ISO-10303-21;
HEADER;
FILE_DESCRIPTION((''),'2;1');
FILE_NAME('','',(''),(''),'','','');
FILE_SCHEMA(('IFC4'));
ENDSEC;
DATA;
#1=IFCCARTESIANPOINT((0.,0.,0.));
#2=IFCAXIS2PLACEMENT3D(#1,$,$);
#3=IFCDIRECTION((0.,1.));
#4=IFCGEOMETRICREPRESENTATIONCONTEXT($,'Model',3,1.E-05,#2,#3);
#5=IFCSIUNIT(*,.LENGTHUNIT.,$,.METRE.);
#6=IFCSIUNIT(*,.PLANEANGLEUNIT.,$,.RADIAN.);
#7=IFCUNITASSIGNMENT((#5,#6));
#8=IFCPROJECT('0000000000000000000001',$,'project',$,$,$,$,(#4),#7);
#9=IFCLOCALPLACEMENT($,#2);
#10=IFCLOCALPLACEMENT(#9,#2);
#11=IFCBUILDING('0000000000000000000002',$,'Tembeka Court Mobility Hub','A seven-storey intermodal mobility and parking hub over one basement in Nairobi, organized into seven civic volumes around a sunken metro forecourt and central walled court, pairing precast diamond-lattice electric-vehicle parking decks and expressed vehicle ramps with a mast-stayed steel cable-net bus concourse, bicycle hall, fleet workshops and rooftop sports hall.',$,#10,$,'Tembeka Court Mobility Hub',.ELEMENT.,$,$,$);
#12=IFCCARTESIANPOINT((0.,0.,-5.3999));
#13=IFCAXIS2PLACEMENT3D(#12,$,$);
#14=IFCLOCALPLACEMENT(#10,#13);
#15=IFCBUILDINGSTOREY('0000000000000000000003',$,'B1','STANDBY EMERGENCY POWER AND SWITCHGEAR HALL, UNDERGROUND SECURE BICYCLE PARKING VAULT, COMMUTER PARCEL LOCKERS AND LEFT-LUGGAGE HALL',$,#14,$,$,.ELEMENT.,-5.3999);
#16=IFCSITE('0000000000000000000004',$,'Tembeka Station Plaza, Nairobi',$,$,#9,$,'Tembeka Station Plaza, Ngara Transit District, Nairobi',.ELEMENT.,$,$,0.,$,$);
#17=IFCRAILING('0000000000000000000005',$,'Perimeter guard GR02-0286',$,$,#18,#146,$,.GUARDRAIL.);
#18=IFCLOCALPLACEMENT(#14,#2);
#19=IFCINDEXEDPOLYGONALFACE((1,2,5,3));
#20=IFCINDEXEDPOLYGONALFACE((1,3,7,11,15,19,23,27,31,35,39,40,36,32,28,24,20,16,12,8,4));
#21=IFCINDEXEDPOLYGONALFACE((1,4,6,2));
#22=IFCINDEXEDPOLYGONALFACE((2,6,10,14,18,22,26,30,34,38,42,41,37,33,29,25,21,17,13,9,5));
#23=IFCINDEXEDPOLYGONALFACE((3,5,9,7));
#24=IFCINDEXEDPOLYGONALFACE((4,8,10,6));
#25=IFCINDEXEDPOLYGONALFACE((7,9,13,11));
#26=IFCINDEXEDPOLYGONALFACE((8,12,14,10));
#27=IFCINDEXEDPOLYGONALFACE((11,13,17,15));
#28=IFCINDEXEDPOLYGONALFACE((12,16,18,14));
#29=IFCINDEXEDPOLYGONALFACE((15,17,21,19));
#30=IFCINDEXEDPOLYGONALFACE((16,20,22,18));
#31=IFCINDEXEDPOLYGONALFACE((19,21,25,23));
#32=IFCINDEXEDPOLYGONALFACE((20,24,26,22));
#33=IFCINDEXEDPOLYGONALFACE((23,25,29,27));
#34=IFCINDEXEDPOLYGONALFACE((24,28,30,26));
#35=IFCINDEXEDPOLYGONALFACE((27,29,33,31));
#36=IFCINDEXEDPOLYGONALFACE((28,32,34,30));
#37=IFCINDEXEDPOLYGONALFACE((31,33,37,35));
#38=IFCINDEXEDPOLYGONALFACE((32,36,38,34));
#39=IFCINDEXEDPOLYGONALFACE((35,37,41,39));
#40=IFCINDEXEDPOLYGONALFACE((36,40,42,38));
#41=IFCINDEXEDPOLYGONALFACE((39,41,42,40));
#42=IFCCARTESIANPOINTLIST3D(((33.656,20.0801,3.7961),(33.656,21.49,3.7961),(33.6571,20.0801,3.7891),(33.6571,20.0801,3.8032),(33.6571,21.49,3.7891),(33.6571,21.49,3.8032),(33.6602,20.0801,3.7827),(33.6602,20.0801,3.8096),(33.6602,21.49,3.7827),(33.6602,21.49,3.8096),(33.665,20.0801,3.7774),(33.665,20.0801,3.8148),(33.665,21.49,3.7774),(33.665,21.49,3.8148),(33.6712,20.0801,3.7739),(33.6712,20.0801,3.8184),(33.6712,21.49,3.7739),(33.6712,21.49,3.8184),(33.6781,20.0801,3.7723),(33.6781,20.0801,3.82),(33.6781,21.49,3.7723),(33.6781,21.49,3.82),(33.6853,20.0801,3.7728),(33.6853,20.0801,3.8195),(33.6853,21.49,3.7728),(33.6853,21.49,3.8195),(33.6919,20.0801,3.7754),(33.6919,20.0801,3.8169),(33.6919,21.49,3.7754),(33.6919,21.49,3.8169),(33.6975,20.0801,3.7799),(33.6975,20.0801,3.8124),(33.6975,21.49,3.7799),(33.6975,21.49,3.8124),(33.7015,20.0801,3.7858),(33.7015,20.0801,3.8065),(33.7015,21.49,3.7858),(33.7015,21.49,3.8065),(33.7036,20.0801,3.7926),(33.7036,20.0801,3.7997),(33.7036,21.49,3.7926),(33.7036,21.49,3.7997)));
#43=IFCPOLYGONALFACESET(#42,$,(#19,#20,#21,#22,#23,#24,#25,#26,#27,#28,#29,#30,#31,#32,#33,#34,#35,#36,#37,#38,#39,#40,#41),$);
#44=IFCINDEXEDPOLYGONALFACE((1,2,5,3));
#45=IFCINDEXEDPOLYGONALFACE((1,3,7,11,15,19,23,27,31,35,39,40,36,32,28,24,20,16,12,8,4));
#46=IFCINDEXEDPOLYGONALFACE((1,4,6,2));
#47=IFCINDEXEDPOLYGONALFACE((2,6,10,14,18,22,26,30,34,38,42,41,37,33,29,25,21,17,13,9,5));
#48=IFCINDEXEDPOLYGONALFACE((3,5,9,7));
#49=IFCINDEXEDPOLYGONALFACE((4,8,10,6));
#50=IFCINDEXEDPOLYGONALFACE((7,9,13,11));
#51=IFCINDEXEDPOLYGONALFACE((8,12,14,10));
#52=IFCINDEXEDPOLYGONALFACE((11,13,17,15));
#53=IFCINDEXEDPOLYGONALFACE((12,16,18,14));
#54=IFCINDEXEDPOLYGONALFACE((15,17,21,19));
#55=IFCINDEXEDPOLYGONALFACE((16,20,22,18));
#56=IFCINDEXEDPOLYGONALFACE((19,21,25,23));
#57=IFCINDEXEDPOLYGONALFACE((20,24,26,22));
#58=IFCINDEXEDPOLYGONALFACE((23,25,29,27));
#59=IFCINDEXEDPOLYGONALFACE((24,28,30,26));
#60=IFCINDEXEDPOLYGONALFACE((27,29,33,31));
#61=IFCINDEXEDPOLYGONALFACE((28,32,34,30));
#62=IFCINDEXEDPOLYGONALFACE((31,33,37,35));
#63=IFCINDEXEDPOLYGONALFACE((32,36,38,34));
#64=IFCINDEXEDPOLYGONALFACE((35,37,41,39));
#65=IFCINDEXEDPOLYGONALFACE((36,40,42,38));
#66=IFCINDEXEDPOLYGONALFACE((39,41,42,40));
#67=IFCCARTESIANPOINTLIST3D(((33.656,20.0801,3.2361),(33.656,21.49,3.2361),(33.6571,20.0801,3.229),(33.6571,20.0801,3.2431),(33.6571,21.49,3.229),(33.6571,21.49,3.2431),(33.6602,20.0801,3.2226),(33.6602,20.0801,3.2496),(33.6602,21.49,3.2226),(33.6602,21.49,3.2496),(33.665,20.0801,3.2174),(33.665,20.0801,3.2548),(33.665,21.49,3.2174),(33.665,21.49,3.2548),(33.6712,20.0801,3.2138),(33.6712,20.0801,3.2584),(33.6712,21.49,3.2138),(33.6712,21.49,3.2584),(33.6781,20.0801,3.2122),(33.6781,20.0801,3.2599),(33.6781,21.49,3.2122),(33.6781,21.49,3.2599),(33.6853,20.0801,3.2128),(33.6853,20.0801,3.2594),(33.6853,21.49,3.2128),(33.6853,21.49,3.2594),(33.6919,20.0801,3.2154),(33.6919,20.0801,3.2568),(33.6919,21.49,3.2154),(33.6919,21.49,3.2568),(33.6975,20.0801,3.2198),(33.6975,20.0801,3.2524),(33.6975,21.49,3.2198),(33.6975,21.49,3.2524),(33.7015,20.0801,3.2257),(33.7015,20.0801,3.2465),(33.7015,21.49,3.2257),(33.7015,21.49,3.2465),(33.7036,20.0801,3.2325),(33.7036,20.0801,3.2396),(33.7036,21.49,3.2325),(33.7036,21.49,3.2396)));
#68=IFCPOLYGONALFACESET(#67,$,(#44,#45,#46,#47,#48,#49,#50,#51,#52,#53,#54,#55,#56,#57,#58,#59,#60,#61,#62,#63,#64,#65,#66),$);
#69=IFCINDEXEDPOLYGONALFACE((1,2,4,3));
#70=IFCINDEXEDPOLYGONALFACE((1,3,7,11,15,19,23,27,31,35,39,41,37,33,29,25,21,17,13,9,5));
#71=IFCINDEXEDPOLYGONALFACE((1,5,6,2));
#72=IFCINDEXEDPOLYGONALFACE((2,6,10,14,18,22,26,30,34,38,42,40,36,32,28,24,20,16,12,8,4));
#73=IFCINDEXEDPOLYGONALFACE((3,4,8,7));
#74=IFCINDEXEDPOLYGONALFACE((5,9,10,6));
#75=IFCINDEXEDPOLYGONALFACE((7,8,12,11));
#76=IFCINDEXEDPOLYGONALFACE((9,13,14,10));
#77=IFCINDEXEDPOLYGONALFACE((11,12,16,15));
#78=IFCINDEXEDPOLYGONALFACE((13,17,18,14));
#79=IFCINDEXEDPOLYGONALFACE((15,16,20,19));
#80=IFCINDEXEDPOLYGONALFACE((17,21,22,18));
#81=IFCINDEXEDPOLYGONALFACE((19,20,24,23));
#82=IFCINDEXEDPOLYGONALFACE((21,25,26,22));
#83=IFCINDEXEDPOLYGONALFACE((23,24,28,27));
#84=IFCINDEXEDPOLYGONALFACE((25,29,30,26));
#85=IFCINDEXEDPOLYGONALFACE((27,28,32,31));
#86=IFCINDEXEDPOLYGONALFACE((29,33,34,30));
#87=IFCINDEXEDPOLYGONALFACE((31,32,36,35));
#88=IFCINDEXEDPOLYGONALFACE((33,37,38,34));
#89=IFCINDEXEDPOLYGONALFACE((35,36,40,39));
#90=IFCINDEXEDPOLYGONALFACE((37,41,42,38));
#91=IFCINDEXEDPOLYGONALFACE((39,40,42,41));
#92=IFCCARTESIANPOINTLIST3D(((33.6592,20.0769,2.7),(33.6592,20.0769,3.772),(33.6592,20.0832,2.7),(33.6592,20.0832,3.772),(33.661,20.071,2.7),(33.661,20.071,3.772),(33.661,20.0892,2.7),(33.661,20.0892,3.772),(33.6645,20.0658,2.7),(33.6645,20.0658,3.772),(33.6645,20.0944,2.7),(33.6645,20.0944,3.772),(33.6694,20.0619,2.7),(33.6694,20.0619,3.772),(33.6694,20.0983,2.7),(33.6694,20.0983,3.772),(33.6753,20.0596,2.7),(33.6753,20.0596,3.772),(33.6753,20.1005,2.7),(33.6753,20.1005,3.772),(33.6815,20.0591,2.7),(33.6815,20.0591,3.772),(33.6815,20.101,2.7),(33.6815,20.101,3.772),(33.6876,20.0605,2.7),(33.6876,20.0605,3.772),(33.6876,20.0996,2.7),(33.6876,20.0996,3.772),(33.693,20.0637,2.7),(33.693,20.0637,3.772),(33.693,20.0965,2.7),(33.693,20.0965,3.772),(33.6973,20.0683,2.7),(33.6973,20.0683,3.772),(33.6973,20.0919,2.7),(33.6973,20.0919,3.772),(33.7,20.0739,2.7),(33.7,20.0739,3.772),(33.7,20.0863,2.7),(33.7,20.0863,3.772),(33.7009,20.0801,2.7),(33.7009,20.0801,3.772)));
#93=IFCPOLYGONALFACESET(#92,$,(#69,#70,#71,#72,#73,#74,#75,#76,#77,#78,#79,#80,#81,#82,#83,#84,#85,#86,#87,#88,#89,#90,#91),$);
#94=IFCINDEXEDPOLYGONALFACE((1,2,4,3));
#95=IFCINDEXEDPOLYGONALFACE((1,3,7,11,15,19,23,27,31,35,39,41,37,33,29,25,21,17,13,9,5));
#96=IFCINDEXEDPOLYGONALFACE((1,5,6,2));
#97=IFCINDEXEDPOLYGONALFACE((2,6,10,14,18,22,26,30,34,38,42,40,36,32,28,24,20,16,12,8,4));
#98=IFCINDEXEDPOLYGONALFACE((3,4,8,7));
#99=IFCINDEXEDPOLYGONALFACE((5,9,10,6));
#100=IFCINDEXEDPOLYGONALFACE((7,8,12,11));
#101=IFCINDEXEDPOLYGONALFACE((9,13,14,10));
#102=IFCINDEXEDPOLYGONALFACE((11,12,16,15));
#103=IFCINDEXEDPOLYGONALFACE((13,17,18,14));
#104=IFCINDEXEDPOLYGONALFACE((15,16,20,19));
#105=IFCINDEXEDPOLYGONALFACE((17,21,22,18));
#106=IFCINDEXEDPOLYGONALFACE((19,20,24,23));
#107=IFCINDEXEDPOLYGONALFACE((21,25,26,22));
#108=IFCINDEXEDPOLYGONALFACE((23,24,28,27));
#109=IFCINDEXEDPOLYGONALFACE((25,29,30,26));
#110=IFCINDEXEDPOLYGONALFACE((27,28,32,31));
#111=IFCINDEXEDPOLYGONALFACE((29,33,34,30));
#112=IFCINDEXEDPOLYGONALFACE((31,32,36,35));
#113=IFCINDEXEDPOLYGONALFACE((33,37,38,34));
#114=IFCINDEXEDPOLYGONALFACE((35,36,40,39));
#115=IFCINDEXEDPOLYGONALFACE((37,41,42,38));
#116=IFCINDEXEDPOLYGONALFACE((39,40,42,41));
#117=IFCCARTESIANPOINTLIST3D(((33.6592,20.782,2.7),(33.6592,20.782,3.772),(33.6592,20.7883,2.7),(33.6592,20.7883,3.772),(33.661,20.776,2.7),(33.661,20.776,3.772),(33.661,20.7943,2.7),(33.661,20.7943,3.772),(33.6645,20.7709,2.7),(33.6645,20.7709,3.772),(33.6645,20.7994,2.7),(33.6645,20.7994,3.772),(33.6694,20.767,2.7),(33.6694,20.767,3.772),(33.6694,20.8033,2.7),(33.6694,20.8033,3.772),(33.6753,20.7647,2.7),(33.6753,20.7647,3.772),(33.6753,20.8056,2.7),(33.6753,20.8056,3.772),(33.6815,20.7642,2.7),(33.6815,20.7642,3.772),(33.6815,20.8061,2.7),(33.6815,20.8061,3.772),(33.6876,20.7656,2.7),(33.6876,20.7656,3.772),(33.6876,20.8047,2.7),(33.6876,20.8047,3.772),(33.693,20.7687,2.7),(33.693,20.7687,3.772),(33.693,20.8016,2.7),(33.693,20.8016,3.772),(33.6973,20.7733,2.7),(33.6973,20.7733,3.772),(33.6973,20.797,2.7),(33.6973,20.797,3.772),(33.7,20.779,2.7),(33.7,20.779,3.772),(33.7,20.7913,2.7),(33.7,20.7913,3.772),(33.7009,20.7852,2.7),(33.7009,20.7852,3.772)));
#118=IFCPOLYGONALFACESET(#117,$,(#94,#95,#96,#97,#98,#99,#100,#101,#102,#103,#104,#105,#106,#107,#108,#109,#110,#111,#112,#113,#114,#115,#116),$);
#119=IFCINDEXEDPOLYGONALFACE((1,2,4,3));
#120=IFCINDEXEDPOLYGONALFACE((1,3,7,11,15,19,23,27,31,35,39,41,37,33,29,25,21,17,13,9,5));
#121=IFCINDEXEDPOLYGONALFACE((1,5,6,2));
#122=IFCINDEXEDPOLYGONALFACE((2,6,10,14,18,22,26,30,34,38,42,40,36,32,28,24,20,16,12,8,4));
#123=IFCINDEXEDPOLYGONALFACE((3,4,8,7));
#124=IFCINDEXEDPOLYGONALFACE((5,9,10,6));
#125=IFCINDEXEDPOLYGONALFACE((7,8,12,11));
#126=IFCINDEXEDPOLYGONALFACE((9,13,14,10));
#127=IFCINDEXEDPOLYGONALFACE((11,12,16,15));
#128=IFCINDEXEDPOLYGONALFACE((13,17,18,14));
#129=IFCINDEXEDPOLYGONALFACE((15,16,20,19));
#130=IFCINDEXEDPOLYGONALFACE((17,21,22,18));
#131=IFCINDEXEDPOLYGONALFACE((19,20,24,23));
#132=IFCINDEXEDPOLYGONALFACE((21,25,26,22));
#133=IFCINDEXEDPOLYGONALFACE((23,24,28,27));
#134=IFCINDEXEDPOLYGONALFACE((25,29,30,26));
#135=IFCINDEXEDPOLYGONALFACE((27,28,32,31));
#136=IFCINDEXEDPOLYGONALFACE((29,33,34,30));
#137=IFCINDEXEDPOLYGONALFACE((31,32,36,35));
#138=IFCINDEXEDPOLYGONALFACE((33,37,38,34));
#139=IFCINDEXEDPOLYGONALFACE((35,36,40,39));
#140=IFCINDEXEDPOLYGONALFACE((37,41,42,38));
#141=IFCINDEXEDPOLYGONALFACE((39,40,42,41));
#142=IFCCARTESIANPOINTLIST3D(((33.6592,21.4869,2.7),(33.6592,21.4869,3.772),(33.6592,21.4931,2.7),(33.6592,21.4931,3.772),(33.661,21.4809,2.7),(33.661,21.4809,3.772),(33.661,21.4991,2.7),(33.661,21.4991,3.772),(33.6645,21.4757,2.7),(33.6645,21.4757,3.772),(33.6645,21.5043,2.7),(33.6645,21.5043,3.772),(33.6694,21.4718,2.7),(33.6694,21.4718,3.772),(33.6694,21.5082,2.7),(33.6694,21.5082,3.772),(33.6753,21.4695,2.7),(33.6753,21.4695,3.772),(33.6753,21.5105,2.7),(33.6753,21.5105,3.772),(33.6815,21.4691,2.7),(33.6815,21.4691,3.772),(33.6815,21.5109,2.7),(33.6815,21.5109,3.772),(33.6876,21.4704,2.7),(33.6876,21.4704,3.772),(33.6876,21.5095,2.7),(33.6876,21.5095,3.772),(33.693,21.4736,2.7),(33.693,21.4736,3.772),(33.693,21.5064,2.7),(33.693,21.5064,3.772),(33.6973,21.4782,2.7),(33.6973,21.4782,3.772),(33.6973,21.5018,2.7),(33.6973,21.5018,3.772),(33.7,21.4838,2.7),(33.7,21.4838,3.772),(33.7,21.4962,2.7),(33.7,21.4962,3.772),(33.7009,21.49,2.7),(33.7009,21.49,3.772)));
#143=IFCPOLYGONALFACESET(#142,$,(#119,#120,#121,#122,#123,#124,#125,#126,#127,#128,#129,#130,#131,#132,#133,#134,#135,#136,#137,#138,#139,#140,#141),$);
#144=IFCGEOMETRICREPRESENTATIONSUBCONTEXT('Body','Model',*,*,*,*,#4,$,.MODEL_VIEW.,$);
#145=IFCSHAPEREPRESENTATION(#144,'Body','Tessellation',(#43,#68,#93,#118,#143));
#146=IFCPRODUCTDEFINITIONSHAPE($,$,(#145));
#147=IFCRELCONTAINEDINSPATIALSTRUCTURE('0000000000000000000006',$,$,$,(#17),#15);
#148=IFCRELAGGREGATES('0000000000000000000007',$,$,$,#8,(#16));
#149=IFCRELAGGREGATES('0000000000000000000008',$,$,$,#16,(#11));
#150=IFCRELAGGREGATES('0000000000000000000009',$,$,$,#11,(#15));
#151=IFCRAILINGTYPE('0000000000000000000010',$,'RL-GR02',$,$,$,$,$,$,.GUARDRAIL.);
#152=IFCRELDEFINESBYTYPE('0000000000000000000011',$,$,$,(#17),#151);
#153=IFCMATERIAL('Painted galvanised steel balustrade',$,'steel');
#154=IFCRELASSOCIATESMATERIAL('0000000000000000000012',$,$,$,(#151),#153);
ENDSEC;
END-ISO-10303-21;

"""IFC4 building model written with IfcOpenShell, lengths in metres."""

from ifc_helpers import new_model, si_unit, direction, frame, origin, origin_2d, place, context, subcontext, project, spatial, circle, extrude, material, type_object, element, save


model = new_model("IFC4")

# Units and contexts
model_context = context("Model", 3, precision=1e-05, world=origin(), true_north=direction((0.0, 1.0)))
body_context = subcontext(model_context, "Body", "Model", "MODEL_VIEW")
ifc_project = project(units=[si_unit("LENGTHUNIT", "METRE"), si_unit("PLANEANGLEUNIT", "RADIAN")], contexts=[model_context])

# Site, building, storey
site_placement = place(None, origin())
site = spatial("IfcSite", under=ifc_project, at=site_placement, Name="Tembeka Station Plaza, Nairobi", LongName="Tembeka Station Plaza, Ngara Transit District, Nairobi", CompositionType="ELEMENT", RefElevation=0.0)
building_placement = place(site_placement, origin())
building = spatial("IfcBuilding", under=site, at=building_placement, Name="Tembeka Court Mobility Hub", Description="A seven-storey intermodal mobility and parking hub over one basement in Nairobi, organized into seven civic volumes around a sunken metro forecourt and central walled court, pairing precast diamond-lattice electric-vehicle parking decks and expressed vehicle ramps with a mast-stayed steel cable-net bus concourse, bicycle hall, fleet workshops and rooftop sports hall.", LongName="Tembeka Court Mobility Hub", CompositionType="ELEMENT")
storey_placement = place(building_placement, frame((0.0, 0.0, -5.3999)))
storey = spatial("IfcBuildingStorey", under=building, at=storey_placement, Name="B1", Description="STANDBY EMERGENCY POWER AND SWITCHGEAR HALL, UNDERGROUND SECURE BICYCLE PARKING VAULT, COMMUTER PARCEL LOCKERS AND LEFT-LUGGAGE HALL", CompositionType="ELEMENT", Elevation=-5.3999)

# Railing
ifc_material_1 = material(Name="Painted galvanised steel balustrade", Category="steel")
railing_type = type_object("IfcRailingType", Name="RL-GR02", PredefinedType="GUARDRAIL", material=ifc_material_1)
railing_1_placement = place(storey_placement, frame((33.6799, 20.0801, 2.7)))
element("IfcRailing", 1, at=railing_1_placement, inside=storey, type_object=railing_type, Name="Perimeter guard GR02-0286", PredefinedType="GUARDRAIL", context=body_context, shape_type="SweptSolid", body=[
    extrude(circle(Radius=0.0239, at=origin_2d()), frame((0.0, 0.0, 1.0962), z_axis=(0.0, 1.0, 0.0), x_axis=(-1.0, 0.0, 0.0)), (0.0, 0.0, 1.0), 1.4099),
    extrude(circle(Radius=0.0239, at=origin_2d()), frame((0.0, 0.0, 0.5361), z_axis=(0.0, 1.0, 0.0), x_axis=(-1.0, 0.0, 0.0)), (0.0, 0.0, 1.0), 1.4099),
    extrude(circle(Radius=0.021, at=origin_2d()), origin(), (0.0, 0.0, 1.0), 1.072),
    extrude(circle(Radius=0.021, at=origin_2d()), frame((0.0, 0.7051, 0.0)), (0.0, 0.0, 1.0), 1.072),
    extrude(circle(Radius=0.021, at=origin_2d()), frame((0.0, 1.4099, 0.0)), (0.0, 0.0, 1.0), 1.072),
])

save(model, "model.ifc")
